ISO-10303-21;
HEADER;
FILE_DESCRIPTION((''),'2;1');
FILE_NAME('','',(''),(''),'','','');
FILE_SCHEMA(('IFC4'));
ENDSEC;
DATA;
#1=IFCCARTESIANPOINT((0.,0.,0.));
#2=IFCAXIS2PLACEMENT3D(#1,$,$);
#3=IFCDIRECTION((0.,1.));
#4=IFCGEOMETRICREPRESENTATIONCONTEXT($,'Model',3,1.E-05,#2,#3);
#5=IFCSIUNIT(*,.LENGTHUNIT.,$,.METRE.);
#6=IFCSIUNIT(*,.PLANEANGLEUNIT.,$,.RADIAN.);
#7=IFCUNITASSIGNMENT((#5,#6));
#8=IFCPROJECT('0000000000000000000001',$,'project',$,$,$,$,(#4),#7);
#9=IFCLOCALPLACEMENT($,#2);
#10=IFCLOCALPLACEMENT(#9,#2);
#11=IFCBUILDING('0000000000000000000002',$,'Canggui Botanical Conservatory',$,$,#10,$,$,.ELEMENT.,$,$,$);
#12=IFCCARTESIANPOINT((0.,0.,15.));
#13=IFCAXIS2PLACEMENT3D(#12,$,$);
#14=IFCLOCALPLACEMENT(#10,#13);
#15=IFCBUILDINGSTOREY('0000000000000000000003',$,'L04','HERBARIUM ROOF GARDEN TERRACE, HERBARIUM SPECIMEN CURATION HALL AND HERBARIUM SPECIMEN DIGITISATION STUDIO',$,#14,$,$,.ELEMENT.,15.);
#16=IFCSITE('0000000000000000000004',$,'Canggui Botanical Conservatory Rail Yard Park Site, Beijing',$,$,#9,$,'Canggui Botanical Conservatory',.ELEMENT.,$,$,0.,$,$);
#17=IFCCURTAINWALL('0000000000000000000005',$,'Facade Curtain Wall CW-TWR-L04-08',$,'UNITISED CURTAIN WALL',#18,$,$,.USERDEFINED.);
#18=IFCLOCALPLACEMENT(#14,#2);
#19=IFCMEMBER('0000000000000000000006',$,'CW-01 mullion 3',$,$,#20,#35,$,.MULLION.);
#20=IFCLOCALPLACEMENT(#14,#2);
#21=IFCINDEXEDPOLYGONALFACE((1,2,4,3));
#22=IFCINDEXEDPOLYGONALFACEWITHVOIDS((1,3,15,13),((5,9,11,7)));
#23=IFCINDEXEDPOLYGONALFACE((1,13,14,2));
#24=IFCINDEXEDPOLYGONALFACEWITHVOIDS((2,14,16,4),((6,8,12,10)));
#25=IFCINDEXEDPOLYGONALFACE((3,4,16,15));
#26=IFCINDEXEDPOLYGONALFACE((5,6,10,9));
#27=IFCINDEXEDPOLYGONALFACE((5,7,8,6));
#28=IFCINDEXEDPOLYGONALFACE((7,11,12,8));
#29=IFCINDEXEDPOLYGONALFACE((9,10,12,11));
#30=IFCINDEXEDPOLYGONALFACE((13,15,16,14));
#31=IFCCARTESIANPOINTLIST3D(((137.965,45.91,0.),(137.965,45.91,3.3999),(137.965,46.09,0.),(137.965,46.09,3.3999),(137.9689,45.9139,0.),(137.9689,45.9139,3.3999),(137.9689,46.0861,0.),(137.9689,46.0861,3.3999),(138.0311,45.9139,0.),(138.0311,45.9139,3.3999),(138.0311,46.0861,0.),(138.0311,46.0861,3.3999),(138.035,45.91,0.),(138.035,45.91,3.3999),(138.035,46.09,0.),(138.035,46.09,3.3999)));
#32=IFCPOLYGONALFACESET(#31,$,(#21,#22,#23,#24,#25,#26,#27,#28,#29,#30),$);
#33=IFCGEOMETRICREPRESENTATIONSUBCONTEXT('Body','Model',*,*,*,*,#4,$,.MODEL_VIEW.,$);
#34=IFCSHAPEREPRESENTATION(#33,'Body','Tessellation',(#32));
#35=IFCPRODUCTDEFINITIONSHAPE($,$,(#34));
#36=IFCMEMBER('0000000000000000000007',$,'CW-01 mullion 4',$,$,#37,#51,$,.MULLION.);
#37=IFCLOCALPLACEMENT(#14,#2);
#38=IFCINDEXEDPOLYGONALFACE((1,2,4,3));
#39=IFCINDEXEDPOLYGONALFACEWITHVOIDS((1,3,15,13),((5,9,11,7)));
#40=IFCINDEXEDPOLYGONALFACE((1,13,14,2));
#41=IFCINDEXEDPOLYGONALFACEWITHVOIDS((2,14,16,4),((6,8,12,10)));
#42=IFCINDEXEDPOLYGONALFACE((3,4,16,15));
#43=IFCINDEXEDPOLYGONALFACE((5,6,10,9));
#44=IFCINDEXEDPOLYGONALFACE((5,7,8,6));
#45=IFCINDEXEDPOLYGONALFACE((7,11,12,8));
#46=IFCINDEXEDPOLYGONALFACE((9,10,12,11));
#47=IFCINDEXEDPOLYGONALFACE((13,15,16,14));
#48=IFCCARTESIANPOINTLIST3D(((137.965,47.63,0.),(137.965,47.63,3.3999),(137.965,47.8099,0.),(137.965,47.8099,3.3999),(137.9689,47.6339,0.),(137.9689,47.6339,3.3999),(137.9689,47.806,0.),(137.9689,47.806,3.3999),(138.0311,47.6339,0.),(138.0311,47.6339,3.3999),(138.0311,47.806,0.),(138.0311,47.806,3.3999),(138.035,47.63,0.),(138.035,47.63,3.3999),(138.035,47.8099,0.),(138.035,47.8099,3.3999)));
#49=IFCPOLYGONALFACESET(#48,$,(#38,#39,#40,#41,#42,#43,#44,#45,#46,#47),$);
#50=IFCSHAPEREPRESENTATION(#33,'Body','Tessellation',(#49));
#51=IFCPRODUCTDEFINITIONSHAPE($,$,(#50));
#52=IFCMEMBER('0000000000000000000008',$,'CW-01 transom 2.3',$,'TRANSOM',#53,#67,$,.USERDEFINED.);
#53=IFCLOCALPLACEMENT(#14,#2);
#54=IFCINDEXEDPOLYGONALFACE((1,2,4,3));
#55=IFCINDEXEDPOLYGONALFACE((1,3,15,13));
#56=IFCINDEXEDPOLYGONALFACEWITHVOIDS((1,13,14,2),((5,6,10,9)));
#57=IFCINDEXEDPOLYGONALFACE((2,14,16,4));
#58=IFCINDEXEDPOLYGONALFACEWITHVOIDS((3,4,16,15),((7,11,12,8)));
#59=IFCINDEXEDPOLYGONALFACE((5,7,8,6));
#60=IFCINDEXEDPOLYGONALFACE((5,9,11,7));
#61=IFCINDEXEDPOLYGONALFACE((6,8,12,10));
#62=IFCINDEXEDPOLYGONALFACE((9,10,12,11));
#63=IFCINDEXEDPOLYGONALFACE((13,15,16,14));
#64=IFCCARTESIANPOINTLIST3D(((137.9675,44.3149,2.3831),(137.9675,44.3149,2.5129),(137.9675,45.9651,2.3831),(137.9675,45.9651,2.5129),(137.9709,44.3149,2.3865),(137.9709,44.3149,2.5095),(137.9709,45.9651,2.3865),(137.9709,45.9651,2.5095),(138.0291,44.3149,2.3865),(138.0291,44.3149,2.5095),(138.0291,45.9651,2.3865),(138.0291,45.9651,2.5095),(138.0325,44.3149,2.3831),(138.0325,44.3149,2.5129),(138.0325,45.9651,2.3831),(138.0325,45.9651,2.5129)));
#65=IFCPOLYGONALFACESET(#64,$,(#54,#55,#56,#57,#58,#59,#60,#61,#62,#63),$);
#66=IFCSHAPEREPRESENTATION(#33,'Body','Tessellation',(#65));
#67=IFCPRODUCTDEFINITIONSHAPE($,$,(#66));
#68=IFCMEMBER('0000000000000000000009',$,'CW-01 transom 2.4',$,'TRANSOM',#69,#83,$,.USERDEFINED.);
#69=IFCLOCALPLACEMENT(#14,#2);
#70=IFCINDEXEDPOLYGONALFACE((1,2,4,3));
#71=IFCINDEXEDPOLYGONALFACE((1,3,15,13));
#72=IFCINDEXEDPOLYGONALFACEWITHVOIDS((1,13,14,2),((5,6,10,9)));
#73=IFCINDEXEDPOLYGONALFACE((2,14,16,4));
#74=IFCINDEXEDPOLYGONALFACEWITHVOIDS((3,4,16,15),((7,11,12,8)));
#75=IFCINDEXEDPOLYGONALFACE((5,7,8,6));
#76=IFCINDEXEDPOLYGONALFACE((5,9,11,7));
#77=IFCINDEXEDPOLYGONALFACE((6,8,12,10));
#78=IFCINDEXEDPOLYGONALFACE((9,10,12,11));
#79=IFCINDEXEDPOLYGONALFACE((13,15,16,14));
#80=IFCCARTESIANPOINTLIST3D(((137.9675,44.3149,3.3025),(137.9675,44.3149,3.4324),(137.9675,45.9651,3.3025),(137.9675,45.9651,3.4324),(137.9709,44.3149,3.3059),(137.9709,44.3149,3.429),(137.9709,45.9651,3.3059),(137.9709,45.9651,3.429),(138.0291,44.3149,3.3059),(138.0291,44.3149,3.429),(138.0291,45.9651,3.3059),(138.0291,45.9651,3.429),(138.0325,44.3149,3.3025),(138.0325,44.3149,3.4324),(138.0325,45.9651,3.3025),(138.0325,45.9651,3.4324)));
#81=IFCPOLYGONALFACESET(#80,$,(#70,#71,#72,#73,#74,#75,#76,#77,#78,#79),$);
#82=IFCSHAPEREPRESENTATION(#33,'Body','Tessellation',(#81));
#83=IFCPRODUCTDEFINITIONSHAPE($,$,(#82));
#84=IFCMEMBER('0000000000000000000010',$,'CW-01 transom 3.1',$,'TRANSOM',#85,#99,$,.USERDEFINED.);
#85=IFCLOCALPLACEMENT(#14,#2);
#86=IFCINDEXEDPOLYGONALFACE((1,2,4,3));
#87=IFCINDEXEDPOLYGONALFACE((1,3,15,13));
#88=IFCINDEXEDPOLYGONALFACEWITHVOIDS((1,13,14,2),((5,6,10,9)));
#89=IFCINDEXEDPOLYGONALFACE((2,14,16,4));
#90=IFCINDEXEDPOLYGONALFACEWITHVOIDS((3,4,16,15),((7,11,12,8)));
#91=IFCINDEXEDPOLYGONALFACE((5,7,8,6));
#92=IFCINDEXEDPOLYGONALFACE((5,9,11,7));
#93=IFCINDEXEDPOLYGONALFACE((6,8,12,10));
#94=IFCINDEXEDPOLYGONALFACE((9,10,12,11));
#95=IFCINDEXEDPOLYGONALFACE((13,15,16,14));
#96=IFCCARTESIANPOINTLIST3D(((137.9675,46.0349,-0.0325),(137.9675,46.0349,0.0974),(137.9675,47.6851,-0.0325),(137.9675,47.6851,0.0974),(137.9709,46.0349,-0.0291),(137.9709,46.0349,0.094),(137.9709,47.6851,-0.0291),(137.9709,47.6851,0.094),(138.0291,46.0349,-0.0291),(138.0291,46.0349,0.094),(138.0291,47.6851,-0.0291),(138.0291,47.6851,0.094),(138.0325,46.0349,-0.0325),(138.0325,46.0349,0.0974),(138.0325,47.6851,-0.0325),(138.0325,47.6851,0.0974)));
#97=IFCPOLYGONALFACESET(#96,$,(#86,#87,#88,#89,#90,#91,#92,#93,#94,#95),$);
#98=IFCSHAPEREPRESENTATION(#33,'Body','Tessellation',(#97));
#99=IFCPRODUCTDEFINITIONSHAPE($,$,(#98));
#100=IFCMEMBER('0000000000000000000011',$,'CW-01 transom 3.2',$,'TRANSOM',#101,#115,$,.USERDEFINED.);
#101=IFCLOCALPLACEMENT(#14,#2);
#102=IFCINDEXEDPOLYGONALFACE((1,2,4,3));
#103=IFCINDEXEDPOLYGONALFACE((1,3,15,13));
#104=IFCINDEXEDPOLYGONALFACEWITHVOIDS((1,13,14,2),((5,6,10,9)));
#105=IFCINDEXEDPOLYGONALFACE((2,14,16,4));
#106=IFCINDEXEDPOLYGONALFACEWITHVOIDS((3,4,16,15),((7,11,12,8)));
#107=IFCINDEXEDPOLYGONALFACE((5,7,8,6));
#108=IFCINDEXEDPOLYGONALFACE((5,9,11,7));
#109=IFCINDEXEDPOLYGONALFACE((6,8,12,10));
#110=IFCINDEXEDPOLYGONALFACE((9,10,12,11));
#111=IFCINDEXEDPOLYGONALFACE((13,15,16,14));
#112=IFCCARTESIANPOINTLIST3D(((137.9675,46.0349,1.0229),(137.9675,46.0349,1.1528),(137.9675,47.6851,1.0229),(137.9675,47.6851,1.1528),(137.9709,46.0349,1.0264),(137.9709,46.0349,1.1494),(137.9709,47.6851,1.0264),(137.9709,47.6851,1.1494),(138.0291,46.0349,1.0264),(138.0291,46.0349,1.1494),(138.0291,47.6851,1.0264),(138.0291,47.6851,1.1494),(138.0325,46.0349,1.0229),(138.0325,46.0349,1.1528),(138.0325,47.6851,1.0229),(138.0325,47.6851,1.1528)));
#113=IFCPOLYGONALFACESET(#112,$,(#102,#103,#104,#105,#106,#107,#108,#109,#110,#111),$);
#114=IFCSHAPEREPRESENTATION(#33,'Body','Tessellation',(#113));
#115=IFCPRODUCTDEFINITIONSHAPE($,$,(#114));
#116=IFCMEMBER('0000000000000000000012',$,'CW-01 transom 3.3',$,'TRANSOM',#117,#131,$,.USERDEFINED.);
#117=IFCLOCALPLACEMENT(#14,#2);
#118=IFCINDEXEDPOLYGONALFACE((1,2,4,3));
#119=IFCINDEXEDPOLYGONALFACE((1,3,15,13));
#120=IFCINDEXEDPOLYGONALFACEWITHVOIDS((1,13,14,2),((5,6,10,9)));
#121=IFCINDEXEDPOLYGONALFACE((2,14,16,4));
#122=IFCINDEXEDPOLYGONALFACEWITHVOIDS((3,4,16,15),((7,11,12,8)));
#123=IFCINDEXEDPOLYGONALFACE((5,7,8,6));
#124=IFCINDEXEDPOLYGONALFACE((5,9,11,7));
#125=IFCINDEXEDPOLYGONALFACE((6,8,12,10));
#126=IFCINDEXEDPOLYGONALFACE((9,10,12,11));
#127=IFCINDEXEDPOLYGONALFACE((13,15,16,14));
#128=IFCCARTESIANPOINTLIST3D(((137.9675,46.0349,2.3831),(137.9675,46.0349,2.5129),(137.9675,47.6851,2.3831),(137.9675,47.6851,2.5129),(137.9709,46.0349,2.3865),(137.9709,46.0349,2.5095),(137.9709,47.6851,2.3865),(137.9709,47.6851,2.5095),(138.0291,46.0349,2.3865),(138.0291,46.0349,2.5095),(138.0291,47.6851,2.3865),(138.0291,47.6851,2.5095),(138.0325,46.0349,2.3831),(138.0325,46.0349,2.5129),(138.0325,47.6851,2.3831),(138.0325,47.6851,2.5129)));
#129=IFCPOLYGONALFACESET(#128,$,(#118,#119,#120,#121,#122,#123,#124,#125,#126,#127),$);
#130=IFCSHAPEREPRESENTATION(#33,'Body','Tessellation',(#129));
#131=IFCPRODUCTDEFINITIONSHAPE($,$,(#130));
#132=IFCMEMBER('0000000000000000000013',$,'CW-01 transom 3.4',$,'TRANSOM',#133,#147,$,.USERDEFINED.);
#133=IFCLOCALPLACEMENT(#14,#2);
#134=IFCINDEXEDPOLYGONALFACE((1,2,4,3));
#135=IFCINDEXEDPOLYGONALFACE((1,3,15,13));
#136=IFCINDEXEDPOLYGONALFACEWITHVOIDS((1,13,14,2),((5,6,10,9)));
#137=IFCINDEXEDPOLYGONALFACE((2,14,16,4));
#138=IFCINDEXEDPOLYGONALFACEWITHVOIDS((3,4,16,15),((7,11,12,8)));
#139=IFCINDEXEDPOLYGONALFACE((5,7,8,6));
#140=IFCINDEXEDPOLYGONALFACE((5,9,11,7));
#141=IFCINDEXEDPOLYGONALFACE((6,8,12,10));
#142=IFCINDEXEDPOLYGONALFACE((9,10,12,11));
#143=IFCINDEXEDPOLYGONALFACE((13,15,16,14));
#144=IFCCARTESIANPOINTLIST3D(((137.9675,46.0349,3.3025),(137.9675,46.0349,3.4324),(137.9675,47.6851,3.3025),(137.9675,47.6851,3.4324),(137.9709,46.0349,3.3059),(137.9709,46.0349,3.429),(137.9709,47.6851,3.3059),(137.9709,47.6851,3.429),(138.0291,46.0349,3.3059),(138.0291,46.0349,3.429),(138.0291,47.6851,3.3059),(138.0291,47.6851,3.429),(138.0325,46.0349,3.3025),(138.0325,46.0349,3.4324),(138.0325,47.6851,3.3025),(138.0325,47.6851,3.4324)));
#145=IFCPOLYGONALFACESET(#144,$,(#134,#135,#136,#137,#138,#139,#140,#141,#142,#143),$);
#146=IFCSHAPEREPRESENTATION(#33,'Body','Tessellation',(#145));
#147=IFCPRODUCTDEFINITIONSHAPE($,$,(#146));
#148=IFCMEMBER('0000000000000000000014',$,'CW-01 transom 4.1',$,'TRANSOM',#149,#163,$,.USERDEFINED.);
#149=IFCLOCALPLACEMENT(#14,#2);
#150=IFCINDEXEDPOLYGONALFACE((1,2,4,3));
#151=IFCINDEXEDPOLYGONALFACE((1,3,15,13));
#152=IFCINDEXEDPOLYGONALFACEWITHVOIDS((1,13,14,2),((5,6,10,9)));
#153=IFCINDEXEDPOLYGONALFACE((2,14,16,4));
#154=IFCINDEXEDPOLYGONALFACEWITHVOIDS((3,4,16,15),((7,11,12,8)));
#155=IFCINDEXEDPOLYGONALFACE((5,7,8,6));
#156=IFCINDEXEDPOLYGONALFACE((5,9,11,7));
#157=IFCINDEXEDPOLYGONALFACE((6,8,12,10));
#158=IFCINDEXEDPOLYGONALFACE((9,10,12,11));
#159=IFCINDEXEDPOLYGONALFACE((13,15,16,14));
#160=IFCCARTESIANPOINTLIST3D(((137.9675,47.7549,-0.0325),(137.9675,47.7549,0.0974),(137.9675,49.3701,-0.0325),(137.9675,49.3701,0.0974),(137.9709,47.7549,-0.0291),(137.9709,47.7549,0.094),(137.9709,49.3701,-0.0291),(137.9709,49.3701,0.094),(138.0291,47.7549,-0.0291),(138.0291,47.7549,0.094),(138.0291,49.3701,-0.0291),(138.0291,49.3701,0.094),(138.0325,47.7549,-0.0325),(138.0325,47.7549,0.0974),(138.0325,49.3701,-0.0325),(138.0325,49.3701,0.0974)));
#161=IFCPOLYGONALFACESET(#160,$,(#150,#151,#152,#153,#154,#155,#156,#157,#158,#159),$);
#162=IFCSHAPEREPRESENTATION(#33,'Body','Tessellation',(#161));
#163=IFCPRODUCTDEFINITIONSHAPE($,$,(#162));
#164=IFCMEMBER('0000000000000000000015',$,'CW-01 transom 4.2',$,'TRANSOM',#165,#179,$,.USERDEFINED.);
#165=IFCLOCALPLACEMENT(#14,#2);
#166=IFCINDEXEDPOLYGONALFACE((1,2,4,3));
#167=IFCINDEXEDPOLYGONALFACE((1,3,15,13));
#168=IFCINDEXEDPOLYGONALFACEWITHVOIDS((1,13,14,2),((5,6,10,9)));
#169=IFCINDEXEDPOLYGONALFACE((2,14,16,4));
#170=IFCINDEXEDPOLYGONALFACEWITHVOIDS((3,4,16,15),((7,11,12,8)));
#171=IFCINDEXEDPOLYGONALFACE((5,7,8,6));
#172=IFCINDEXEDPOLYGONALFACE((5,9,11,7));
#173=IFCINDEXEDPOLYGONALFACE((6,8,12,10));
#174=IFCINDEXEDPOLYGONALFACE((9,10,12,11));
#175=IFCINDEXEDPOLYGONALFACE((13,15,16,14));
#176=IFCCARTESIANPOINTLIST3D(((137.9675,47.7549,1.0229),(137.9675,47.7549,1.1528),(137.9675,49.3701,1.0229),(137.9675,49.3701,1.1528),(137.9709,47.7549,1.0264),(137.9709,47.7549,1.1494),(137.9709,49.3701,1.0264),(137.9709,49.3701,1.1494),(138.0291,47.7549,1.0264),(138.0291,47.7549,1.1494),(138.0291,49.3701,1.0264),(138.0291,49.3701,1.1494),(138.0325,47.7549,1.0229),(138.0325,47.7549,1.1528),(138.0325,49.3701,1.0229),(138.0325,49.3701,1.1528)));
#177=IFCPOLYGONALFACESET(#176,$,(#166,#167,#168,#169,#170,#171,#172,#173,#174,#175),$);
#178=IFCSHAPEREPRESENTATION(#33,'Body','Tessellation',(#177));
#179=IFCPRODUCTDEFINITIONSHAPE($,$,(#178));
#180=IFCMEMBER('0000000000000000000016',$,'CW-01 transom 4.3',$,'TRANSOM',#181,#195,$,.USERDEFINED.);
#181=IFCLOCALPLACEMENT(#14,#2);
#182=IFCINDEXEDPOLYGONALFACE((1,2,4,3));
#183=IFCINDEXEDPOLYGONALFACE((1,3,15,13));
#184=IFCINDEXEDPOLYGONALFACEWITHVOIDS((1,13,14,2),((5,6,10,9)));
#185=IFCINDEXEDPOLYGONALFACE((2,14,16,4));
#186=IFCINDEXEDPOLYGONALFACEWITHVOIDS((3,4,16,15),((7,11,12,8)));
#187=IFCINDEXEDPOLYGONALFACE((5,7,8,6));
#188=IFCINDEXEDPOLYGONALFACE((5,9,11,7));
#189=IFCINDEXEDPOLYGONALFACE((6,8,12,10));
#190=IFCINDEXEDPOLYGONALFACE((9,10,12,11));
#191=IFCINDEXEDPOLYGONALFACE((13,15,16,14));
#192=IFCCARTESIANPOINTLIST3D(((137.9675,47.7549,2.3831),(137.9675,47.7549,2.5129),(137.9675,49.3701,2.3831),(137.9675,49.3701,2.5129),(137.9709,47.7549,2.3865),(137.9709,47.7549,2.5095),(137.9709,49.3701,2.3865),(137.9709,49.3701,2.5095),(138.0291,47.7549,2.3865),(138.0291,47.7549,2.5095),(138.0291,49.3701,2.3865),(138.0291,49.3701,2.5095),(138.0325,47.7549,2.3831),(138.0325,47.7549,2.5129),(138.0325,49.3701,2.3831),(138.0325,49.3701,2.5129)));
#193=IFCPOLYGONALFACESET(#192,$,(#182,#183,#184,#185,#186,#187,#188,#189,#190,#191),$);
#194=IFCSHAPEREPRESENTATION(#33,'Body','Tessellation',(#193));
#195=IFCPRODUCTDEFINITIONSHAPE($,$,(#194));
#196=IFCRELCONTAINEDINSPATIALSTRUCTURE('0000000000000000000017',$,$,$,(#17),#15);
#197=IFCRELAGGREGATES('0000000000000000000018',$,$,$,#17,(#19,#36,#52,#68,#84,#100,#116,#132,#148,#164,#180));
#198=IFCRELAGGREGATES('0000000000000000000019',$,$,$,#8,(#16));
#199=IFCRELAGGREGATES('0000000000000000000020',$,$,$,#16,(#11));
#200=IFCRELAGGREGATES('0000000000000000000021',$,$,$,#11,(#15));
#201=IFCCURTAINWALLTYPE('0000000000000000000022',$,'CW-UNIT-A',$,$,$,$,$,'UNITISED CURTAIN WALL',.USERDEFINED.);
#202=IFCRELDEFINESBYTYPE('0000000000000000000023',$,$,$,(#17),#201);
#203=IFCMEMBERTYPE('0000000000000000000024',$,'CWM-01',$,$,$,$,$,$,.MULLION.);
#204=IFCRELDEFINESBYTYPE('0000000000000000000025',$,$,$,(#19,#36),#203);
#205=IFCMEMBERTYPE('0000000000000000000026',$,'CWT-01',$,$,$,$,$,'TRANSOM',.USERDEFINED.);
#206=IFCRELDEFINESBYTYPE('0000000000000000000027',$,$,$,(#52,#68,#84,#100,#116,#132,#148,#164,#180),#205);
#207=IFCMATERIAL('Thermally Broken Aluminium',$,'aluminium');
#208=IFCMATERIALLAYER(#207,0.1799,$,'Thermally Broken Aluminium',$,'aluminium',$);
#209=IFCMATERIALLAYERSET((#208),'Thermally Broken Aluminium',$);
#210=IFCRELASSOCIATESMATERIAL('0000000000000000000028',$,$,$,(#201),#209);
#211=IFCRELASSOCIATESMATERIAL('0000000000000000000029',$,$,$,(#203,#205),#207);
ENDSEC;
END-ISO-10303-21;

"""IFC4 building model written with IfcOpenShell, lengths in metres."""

from ifc_helpers import new_model, si_unit, direction, frame, origin, origin_2d, place, context, subcontext, project, spatial, hollow_rectangle, extrude, material, layer, layer_set, material_profile, profile_set, type_object, element, aggregate, save


model = new_model("IFC4")

# Units and contexts
model_context = context("Model", 3, precision=1e-05, world=origin(), true_north=direction((0.0, 1.0)))
body_context = subcontext(model_context, "Body", "Model", "MODEL_VIEW")
ifc_project = project(units=[si_unit("LENGTHUNIT", "METRE"), si_unit("PLANEANGLEUNIT", "RADIAN")], contexts=[model_context])

# Site, building, storey
site_placement = place(None, origin())
site = spatial("IfcSite", under=ifc_project, at=site_placement, Name="Canggui Botanical Conservatory Rail Yard Park Site, Beijing", LongName="Canggui Botanical Conservatory", CompositionType="ELEMENT", RefElevation=0.0)
building_placement = place(site_placement, origin())
building = spatial("IfcBuilding", under=site, at=building_placement, Name="Canggui Botanical Conservatory", CompositionType="ELEMENT")
storey_placement = place(building_placement, frame((0.0, 0.0, 15.0)))
storey = spatial("IfcBuildingStorey", under=building, at=storey_placement, Name="L04", Description="HERBARIUM ROOF GARDEN TERRACE, HERBARIUM SPECIMEN CURATION HALL AND HERBARIUM SPECIMEN DIGITISATION STUDIO", CompositionType="ELEMENT", Elevation=15.0)

# Curtain wall, members
ifc_material_1 = material(Name="Thermally Broken Aluminium", Category="aluminium")
ifc_layer_1 = layer(ifc_material_1, 0.1799, Name="Thermally Broken Aluminium", Category="aluminium")
ifc_layer_set_1 = layer_set([ifc_layer_1], Name="Thermally Broken Aluminium")
curtain_wall_type = type_object("IfcCurtainWallType", Name="CW-UNIT-A", ElementType="UNITISED CURTAIN WALL", PredefinedType="USERDEFINED", material=ifc_layer_set_1)
curtain_wall_placement = place(storey_placement, origin())
curtain_wall = element("IfcCurtainWall", 1, at=curtain_wall_placement, inside=storey, type_object=curtain_wall_type, Name="Facade Curtain Wall CW-TWR-L04-08", ObjectType="UNITISED CURTAIN WALL", PredefinedType="USERDEFINED")
ifc_material_profile_1 = material_profile(ifc_material_1, hollow_rectangle(XDim=0.0701, YDim=0.1799, WallThickness=0.0039, at=origin_2d()), Name="CWM 70x180x4")
ifc_profile_set_1 = profile_set([ifc_material_profile_1], Name="Thermally Broken Aluminium")
member_type_1 = type_object("IfcMemberType", Name="CWM-01", PredefinedType="MULLION", material=ifc_profile_set_1)
member_1_placement = place(storey_placement, frame((138.0, 46.0, 0.0), z_axis=(0.0, 0.0, 1.0), x_axis=(-1.0, 0.0, 0.0)))
member_1 = element("IfcMember", 2, at=member_1_placement, type_object=member_type_1, Name="CW-01 mullion 3", PredefinedType="MULLION", context=body_context, shape_type="SweptSolid", body=[
    extrude(hollow_rectangle(XDim=0.0701, YDim=0.1799, WallThickness=0.0039, at=origin_2d()), origin(), (0.0, 0.0, 1.0), 3.3999),
])
member_2_placement = place(storey_placement, frame((138.0, 47.72, 0.0), z_axis=(0.0, 0.0, 1.0), x_axis=(-1.0, 0.0, 0.0)))
member_2 = element("IfcMember", 3, at=member_2_placement, type_object=member_type_1, Name="CW-01 mullion 4", PredefinedType="MULLION", context=body_context, shape_type="SweptSolid", body=[
    extrude(hollow_rectangle(XDim=0.0701, YDim=0.1799, WallThickness=0.0039, at=origin_2d()), origin(), (0.0, 0.0, 1.0), 3.3999),
])
ifc_material_profile_2 = material_profile(ifc_material_1, hollow_rectangle(XDim=0.0649, YDim=0.1299, WallThickness=0.0034, at=origin_2d()), Name="CWT 65x130x3.5")
ifc_profile_set_2 = profile_set([ifc_material_profile_2], Name="Thermally Broken Aluminium")
member_type_2 = type_object("IfcMemberType", Name="CWT-01", ElementType="TRANSOM", PredefinedType="USERDEFINED", material=ifc_profile_set_2)
member_3_placement = place(storey_placement, frame((138.0, 44.3149, 2.448), z_axis=(0.0, 1.0, 0.0), x_axis=(-1.0, 0.0, 0.0)))
member_3 = element("IfcMember", 4, at=member_3_placement, type_object=member_type_2, Name="CW-01 transom 2.3", ObjectType="TRANSOM", PredefinedType="USERDEFINED", context=body_context, shape_type="SweptSolid", body=[
    extrude(hollow_rectangle(XDim=0.0649, YDim=0.1299, WallThickness=0.0034, at=origin_2d()), origin(), (0.0, 0.0, 1.0), 1.6501),
])
member_4_placement = place(storey_placement, frame((138.0, 44.3149, 3.3674), z_axis=(0.0, 1.0, 0.0), x_axis=(-1.0, 0.0, 0.0)))
member_4 = element("IfcMember", 5, at=member_4_placement, type_object=member_type_2, Name="CW-01 transom 2.4", ObjectType="TRANSOM", PredefinedType="USERDEFINED", context=body_context, shape_type="SweptSolid", body=[
    extrude(hollow_rectangle(XDim=0.0649, YDim=0.1299, WallThickness=0.0034, at=origin_2d()), origin(), (0.0, 0.0, 1.0), 1.6501),
])
member_5_placement = place(storey_placement, frame((138.0, 46.0349, 0.0325), z_axis=(0.0, 1.0, 0.0), x_axis=(-1.0, 0.0, 0.0)))
member_5 = element("IfcMember", 6, at=member_5_placement, type_object=member_type_2, Name="CW-01 transom 3.1", ObjectType="TRANSOM", PredefinedType="USERDEFINED", context=body_context, shape_type="SweptSolid", body=[
    extrude(hollow_rectangle(XDim=0.0649, YDim=0.1299, WallThickness=0.0034, at=origin_2d()), origin(), (0.0, 0.0, 1.0), 1.6501),
])
member_6_placement = place(storey_placement, frame((138.0, 46.0349, 1.0879), z_axis=(0.0, 1.0, 0.0), x_axis=(-1.0, 0.0, 0.0)))
member_6 = element("IfcMember", 7, at=member_6_placement, type_object=member_type_2, Name="CW-01 transom 3.2", ObjectType="TRANSOM", PredefinedType="USERDEFINED", context=body_context, shape_type="SweptSolid", body=[
    extrude(hollow_rectangle(XDim=0.0649, YDim=0.1299, WallThickness=0.0034, at=origin_2d()), origin(), (0.0, 0.0, 1.0), 1.6501),
])
member_7_placement = place(storey_placement, frame((138.0, 46.0349, 2.448), z_axis=(0.0, 1.0, 0.0), x_axis=(-1.0, 0.0, 0.0)))
member_7 = element("IfcMember", 8, at=member_7_placement, type_object=member_type_2, Name="CW-01 transom 3.3", ObjectType="TRANSOM", PredefinedType="USERDEFINED", context=body_context, shape_type="SweptSolid", body=[
    extrude(hollow_rectangle(XDim=0.0649, YDim=0.1299, WallThickness=0.0034, at=origin_2d()), origin(), (0.0, 0.0, 1.0), 1.6501),
])
member_8_placement = place(storey_placement, frame((138.0, 46.0349, 3.3674), z_axis=(0.0, 1.0, 0.0), x_axis=(-1.0, 0.0, 0.0)))
member_8 = element("IfcMember", 9, at=member_8_placement, type_object=member_type_2, Name="CW-01 transom 3.4", ObjectType="TRANSOM", PredefinedType="USERDEFINED", context=body_context, shape_type="SweptSolid", body=[
    extrude(hollow_rectangle(XDim=0.0649, YDim=0.1299, WallThickness=0.0034, at=origin_2d()), origin(), (0.0, 0.0, 1.0), 1.6501),
])
member_9_placement = place(storey_placement, frame((138.0, 47.7549, 0.0325), z_axis=(0.0, 1.0, 0.0), x_axis=(-1.0, 0.0, 0.0)))
member_9 = element("IfcMember", 10, at=member_9_placement, type_object=member_type_2, Name="CW-01 transom 4.1", ObjectType="TRANSOM", PredefinedType="USERDEFINED", context=body_context, shape_type="SweptSolid", body=[
    extrude(hollow_rectangle(XDim=0.0649, YDim=0.1299, WallThickness=0.0034, at=origin_2d()), origin(), (0.0, 0.0, 1.0), 1.6152),
])
member_10_placement = place(storey_placement, frame((138.0, 47.7549, 1.0879), z_axis=(0.0, 1.0, 0.0), x_axis=(-1.0, 0.0, 0.0)))
member_10 = element("IfcMember", 11, at=member_10_placement, type_object=member_type_2, Name="CW-01 transom 4.2", ObjectType="TRANSOM", PredefinedType="USERDEFINED", context=body_context, shape_type="SweptSolid", body=[
    extrude(hollow_rectangle(XDim=0.0649, YDim=0.1299, WallThickness=0.0034, at=origin_2d()), origin(), (0.0, 0.0, 1.0), 1.6152),
])
member_11_placement = place(storey_placement, frame((138.0, 47.7549, 2.448), z_axis=(0.0, 1.0, 0.0), x_axis=(-1.0, 0.0, 0.0)))
member_11 = element("IfcMember", 12, at=member_11_placement, type_object=member_type_2, Name="CW-01 transom 4.3", ObjectType="TRANSOM", PredefinedType="USERDEFINED", context=body_context, shape_type="SweptSolid", body=[
    extrude(hollow_rectangle(XDim=0.0649, YDim=0.1299, WallThickness=0.0034, at=origin_2d()), origin(), (0.0, 0.0, 1.0), 1.6152),
])
aggregate(curtain_wall, [member_1, member_2, member_3, member_4, member_5, member_6, member_7, member_8, member_9, member_10, member_11])

save(model, "model.ifc")
